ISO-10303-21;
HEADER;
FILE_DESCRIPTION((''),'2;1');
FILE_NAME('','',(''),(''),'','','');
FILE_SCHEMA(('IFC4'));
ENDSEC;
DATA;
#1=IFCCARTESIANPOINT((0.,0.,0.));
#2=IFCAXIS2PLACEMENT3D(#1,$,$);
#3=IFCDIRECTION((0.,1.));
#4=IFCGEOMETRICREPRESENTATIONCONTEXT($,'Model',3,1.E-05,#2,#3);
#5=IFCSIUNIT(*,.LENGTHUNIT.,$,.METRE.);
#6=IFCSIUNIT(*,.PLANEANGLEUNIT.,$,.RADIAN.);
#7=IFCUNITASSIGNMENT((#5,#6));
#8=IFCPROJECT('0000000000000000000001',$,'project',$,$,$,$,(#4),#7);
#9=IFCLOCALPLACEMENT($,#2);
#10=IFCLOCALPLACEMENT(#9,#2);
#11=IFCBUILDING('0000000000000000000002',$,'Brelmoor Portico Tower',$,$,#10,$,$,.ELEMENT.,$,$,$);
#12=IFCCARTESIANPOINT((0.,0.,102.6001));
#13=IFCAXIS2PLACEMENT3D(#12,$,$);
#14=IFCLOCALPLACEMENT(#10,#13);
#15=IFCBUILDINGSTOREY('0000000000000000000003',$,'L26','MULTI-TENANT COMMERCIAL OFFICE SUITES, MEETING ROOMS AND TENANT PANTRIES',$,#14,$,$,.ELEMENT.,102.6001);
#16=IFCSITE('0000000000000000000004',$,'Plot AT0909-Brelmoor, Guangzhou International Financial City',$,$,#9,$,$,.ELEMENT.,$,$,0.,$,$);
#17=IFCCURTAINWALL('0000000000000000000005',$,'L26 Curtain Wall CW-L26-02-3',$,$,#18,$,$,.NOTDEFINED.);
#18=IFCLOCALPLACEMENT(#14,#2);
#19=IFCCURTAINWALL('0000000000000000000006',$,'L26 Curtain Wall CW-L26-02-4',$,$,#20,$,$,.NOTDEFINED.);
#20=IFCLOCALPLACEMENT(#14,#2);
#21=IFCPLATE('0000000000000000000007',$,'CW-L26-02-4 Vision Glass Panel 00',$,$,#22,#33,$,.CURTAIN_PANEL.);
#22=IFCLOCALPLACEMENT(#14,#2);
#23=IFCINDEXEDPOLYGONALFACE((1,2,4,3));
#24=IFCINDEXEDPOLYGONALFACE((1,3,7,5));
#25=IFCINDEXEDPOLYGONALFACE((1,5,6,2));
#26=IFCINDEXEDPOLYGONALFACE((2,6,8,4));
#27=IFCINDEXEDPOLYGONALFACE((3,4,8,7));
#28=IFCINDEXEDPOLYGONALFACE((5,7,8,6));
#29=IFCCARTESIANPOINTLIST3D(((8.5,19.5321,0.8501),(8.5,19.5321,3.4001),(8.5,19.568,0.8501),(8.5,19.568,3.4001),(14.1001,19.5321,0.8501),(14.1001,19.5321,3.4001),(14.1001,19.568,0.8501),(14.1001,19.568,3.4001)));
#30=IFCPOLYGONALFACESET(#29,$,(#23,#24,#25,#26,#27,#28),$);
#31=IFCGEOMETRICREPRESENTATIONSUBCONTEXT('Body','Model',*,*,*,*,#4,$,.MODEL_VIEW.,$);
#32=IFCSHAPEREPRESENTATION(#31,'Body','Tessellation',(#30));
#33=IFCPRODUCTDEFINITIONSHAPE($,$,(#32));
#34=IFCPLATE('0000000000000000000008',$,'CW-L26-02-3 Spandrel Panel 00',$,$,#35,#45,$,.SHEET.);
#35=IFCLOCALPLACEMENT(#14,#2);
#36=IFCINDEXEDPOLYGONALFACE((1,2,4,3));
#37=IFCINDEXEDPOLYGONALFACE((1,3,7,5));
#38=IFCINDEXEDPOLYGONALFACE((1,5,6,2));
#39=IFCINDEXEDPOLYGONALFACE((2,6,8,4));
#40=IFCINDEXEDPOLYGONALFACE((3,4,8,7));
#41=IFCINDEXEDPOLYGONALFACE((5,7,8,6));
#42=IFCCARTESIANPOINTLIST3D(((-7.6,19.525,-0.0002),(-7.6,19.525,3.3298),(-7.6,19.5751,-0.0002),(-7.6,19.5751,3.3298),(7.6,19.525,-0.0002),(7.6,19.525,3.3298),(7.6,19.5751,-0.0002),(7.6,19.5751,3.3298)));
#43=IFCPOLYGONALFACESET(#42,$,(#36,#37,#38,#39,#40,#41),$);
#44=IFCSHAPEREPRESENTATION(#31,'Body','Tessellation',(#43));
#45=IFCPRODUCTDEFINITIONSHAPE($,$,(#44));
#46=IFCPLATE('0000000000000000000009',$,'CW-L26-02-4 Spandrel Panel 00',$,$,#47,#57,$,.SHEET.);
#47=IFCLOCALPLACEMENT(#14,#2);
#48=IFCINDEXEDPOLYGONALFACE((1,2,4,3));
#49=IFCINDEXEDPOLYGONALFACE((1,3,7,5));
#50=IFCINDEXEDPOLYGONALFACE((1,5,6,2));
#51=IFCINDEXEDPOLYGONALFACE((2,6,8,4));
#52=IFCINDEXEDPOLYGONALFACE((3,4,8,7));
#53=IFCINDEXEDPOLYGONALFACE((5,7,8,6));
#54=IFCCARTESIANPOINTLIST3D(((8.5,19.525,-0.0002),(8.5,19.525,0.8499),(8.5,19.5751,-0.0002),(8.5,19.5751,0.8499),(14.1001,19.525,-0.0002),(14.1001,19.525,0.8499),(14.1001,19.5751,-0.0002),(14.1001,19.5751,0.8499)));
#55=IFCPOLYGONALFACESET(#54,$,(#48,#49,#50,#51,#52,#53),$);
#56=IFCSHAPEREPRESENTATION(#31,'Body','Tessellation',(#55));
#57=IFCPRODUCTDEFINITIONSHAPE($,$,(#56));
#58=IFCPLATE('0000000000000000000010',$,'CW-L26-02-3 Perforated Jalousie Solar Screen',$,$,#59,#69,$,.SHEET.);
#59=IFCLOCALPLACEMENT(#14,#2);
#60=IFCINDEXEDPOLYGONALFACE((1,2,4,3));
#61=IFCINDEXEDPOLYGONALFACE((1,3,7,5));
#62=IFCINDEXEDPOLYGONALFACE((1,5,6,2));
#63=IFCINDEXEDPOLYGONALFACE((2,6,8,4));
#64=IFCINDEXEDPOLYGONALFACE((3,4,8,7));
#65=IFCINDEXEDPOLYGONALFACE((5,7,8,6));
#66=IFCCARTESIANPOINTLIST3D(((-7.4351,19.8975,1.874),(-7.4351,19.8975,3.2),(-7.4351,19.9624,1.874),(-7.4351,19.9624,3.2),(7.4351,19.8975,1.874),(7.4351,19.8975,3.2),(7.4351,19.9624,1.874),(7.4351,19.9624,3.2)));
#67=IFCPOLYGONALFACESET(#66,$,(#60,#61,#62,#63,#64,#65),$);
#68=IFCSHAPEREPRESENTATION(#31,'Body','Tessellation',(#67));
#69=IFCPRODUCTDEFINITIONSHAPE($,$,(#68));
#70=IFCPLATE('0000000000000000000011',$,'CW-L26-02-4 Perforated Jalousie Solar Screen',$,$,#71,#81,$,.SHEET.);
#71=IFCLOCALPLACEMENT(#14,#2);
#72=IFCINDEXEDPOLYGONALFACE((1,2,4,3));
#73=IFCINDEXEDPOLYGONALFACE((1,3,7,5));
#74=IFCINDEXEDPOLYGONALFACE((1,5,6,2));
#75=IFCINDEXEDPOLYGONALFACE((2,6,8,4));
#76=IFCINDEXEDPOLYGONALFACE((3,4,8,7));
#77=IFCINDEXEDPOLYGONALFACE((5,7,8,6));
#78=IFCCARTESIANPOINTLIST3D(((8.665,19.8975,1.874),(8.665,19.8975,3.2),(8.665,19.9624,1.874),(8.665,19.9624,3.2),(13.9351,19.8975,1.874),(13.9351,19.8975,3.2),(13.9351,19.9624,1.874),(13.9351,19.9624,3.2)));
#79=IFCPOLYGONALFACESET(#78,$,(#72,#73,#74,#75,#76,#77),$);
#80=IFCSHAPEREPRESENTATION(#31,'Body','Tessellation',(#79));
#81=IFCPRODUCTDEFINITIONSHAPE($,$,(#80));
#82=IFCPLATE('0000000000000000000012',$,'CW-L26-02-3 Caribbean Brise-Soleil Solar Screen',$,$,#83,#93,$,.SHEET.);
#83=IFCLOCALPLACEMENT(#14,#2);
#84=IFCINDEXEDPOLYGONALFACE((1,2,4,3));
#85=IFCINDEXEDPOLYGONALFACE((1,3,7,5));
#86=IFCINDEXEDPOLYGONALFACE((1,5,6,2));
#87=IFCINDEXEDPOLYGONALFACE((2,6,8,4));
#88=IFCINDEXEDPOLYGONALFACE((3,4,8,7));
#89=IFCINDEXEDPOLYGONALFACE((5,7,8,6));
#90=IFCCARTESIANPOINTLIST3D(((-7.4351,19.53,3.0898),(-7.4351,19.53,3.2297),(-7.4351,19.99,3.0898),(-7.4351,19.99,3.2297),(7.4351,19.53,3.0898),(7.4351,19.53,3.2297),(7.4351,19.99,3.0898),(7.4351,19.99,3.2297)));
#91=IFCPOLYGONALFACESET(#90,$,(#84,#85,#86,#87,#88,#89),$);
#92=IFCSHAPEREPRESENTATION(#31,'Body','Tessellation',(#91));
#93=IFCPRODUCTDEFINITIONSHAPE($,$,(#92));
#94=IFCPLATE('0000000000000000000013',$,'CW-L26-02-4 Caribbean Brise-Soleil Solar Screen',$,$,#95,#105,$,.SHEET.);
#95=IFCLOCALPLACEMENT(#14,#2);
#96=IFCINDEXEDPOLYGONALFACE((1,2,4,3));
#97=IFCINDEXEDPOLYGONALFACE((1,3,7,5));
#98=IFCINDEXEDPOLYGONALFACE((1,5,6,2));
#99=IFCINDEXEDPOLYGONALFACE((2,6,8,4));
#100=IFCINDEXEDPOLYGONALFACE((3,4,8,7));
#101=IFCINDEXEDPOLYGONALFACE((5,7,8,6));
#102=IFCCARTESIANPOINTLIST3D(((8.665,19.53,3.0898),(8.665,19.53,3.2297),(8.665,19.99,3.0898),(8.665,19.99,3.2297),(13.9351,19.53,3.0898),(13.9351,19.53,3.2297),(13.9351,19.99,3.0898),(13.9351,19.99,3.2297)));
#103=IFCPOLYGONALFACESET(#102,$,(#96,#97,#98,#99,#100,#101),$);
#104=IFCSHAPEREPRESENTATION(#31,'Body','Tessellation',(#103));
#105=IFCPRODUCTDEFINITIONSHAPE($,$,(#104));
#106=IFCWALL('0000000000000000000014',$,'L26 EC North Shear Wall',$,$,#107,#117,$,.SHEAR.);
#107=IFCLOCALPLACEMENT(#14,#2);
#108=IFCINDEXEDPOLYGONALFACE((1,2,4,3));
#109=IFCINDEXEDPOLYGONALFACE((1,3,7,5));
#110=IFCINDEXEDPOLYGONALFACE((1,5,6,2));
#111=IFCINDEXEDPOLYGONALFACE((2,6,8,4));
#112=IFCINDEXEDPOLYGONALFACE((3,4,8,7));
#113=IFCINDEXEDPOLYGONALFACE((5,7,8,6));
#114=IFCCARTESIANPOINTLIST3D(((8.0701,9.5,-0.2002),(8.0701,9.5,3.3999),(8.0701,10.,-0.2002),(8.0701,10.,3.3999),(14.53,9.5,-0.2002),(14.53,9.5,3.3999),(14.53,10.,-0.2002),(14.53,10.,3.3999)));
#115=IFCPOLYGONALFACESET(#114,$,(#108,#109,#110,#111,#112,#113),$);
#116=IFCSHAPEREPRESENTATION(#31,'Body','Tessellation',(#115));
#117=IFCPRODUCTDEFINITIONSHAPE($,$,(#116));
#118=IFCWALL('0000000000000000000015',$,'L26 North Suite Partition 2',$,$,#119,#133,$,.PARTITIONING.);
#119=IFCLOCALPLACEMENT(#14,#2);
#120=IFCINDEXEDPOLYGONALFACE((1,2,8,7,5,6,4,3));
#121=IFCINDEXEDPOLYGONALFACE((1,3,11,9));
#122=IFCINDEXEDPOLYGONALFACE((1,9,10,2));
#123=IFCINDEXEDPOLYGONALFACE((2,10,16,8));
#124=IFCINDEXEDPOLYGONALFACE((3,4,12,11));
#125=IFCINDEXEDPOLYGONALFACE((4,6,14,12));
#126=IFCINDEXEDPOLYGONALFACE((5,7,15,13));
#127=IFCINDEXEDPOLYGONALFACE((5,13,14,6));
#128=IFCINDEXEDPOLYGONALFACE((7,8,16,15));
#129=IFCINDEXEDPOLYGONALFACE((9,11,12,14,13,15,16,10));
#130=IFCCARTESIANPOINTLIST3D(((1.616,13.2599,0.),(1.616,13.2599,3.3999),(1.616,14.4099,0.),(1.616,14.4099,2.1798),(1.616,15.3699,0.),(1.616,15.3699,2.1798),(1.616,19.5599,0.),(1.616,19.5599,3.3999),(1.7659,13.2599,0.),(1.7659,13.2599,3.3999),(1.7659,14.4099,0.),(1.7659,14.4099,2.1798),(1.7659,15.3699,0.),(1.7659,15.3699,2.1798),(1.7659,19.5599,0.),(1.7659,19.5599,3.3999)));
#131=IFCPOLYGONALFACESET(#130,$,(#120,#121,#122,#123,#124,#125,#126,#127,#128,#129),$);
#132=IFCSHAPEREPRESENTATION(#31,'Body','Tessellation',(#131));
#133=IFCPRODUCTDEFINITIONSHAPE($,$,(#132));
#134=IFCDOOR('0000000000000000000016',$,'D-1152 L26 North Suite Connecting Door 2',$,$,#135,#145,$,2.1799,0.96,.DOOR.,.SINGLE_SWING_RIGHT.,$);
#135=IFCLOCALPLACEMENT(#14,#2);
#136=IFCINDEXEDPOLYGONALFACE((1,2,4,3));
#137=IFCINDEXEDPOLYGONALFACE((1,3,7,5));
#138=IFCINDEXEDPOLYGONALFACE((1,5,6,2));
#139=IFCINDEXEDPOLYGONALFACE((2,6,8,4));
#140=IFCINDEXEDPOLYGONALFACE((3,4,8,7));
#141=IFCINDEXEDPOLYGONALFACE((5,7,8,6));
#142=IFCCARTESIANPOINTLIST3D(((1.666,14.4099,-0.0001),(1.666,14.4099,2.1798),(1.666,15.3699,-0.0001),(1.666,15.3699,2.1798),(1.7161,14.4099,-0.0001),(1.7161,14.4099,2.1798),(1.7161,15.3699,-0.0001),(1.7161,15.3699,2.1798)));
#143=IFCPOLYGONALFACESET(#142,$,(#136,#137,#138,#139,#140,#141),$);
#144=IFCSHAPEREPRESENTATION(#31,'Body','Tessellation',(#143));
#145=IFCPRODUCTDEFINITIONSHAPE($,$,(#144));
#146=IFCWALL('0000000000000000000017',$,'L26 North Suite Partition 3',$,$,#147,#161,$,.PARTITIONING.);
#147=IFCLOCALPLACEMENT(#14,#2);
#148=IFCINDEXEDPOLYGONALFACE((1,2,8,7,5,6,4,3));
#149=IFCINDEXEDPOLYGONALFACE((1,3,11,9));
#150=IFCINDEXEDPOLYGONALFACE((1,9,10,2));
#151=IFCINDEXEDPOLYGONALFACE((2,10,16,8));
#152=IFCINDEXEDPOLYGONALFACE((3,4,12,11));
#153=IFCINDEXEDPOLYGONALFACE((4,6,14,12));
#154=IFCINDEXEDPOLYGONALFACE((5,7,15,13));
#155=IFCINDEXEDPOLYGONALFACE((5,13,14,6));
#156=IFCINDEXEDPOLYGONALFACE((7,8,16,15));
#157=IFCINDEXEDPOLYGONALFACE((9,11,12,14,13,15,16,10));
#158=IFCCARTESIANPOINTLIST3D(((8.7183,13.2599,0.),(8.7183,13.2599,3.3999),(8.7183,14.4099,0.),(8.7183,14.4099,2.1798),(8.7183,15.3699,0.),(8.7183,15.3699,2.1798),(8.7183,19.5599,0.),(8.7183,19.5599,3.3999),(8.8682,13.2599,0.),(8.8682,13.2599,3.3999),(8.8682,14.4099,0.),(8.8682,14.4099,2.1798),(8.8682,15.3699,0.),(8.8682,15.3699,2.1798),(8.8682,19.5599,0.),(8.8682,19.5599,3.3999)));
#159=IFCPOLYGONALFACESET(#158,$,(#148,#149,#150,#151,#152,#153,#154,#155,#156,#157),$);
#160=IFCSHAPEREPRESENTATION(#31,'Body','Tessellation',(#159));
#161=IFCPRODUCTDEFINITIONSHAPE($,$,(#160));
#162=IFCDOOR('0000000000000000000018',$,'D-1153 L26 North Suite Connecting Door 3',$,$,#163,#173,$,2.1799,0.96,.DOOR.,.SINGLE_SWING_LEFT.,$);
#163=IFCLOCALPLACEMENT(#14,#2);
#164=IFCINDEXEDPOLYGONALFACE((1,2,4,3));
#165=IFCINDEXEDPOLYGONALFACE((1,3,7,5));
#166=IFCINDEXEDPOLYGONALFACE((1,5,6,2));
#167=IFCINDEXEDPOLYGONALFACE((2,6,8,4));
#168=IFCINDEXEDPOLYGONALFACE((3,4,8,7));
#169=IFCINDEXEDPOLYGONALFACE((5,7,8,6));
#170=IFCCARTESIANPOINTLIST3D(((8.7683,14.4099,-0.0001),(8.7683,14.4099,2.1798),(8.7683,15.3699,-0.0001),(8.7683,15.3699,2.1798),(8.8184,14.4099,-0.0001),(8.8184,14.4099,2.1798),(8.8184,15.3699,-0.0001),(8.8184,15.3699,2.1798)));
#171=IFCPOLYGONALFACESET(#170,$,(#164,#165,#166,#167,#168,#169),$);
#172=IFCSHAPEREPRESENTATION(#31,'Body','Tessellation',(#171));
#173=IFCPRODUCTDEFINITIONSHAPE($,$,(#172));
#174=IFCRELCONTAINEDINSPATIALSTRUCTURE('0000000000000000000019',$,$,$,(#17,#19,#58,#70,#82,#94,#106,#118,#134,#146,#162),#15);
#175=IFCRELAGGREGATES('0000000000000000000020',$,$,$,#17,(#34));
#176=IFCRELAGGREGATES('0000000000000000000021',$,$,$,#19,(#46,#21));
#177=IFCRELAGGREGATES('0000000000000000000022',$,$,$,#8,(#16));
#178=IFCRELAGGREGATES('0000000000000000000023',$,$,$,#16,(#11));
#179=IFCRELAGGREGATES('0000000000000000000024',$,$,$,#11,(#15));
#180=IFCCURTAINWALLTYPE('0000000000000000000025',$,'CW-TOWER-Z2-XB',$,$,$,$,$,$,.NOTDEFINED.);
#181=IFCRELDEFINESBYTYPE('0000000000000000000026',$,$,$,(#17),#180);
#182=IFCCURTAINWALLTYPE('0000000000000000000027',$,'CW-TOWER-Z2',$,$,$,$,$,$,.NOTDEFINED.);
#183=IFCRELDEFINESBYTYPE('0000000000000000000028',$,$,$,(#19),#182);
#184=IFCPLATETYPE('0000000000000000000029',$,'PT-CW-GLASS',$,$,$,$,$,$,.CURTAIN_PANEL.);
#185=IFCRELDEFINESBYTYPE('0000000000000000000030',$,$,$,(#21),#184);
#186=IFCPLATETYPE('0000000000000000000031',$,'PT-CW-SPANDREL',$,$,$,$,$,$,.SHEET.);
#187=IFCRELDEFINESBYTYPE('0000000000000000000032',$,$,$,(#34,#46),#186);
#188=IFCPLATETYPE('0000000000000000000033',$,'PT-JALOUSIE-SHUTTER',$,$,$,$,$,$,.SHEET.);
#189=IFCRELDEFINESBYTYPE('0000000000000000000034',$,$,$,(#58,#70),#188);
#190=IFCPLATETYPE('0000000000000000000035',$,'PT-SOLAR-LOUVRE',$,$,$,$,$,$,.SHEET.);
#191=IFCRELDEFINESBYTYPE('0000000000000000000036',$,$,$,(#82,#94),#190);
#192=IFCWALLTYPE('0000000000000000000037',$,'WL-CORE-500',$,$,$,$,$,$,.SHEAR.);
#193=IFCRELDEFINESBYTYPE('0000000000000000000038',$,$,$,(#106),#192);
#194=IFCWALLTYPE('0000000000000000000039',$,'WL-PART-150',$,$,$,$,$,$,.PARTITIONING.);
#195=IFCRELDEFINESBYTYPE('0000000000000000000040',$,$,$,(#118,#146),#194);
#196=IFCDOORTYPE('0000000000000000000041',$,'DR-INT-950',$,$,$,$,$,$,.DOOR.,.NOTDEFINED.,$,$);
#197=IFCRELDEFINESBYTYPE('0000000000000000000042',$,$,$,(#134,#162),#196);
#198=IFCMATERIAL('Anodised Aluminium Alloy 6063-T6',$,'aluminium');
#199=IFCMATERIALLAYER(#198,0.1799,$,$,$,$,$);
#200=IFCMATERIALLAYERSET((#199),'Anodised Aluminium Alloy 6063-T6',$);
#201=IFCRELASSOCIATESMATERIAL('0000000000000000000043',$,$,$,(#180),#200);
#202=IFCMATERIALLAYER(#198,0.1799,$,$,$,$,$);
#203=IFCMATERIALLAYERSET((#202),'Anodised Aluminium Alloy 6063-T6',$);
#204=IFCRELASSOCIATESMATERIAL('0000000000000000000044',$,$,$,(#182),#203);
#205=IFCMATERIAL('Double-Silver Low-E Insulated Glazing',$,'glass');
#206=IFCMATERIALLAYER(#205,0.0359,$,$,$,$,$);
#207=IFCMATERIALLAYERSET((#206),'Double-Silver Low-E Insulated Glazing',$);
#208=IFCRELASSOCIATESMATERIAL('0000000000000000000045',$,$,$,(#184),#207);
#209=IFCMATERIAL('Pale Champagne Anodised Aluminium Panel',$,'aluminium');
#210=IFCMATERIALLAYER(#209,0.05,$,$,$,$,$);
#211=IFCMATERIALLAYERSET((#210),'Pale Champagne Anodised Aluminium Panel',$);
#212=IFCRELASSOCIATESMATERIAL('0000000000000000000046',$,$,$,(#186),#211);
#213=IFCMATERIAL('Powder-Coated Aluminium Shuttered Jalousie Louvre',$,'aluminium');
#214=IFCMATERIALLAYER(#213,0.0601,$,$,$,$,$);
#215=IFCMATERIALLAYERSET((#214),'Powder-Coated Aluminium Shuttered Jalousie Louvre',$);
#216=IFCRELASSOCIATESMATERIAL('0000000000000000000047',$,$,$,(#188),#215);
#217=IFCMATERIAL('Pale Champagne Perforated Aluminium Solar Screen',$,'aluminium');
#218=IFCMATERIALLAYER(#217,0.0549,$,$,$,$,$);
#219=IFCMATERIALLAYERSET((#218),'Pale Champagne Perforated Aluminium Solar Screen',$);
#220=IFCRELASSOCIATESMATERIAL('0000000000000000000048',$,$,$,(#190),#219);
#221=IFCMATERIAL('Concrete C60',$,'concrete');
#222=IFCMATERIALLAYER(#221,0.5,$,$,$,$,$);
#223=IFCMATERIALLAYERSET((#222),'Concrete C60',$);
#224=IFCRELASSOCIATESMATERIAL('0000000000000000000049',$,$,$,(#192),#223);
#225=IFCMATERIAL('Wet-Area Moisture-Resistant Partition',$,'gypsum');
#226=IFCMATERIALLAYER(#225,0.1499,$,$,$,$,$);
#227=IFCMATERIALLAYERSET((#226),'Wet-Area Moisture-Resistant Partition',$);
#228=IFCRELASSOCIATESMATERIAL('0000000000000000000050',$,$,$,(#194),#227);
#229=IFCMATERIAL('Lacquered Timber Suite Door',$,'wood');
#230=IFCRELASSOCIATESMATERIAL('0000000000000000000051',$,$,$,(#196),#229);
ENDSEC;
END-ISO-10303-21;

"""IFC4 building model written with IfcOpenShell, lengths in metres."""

from ifc_helpers import new_model, si_unit, direction, frame, frame_2d, origin, origin_2d, place, context, subcontext, project, spatial, rectangle, extrude, material, layer, layer_set, type_object, element, fill, aggregate, save


model = new_model("IFC4")

# Units and contexts
model_context = context("Model", 3, precision=1e-05, world=origin(), true_north=direction((0.0, 1.0)))
body_context = subcontext(model_context, "Body", "Model", "MODEL_VIEW")
ifc_project = project(units=[si_unit("LENGTHUNIT", "METRE"), si_unit("PLANEANGLEUNIT", "RADIAN")], contexts=[model_context])

# Site, building, storey
site_placement = place(None, origin())
site = spatial("IfcSite", under=ifc_project, at=site_placement, Name="Plot AT0909-Brelmoor, Guangzhou International Financial City", CompositionType="ELEMENT", RefElevation=0.0)
building_placement = place(site_placement, origin())
building = spatial("IfcBuilding", under=site, at=building_placement, Name="Brelmoor Portico Tower", CompositionType="ELEMENT")
storey_placement = place(building_placement, frame((0.0, 0.0, 102.6001)))
storey = spatial("IfcBuildingStorey", under=building, at=storey_placement, Name="L26", Description="MULTI-TENANT COMMERCIAL OFFICE SUITES, MEETING ROOMS AND TENANT PANTRIES", CompositionType="ELEMENT", Elevation=102.6001)

# Curtain wall
ifc_material_1 = material(Name="Anodised Aluminium Alloy 6063-T6", Category="aluminium")
ifc_layer_1 = layer(ifc_material_1, 0.1799)
ifc_layer_set_1 = layer_set([ifc_layer_1], Name="Anodised Aluminium Alloy 6063-T6")
curtain_wall_type_1 = type_object("IfcCurtainWallType", Name="CW-TOWER-Z2-XB", PredefinedType="NOTDEFINED", material=ifc_layer_set_1)
curtain_wall_1_placement = place(storey_placement, origin())
curtain_wall_1 = element("IfcCurtainWall", 1, at=curtain_wall_1_placement, inside=storey, type_object=curtain_wall_type_1, Name="L26 Curtain Wall CW-L26-02-3", PredefinedType="NOTDEFINED")

# Curtain wall, plate
ifc_layer_2 = layer(ifc_material_1, 0.1799)
ifc_layer_set_2 = layer_set([ifc_layer_2], Name="Anodised Aluminium Alloy 6063-T6")
curtain_wall_type_2 = type_object("IfcCurtainWallType", Name="CW-TOWER-Z2", PredefinedType="NOTDEFINED", material=ifc_layer_set_2)
curtain_wall_2_placement = place(storey_placement, origin())
curtain_wall_2 = element("IfcCurtainWall", 2, at=curtain_wall_2_placement, inside=storey, type_object=curtain_wall_type_2, Name="L26 Curtain Wall CW-L26-02-4", PredefinedType="NOTDEFINED")
ifc_material_2 = material(Name="Double-Silver Low-E Insulated Glazing", Category="glass")
ifc_layer_3 = layer(ifc_material_2, 0.0359)
ifc_layer_set_3 = layer_set([ifc_layer_3], Name="Double-Silver Low-E Insulated Glazing")
plate_type_1 = type_object("IfcPlateType", Name="PT-CW-GLASS", PredefinedType="CURTAIN_PANEL", material=ifc_layer_set_3)
plate_1_placement = place(storey_placement, frame((11.3, 19.55, 0.8501), z_axis=(0.0, 0.0, 1.0), x_axis=(1.0, 0.0, 0.0)))
plate_1 = element("IfcPlate", 3, at=plate_1_placement, type_object=plate_type_1, Name="CW-L26-02-4 Vision Glass Panel 00", PredefinedType="CURTAIN_PANEL", context=body_context, shape_type="SweptSolid", body=[
    extrude(rectangle(XDim=5.6001, YDim=0.0359, at=origin_2d()), origin(), (0.0, 0.0, 1.0), 2.55),
])

# Plates
ifc_material_3 = material(Name="Pale Champagne Anodised Aluminium Panel", Category="aluminium")
ifc_layer_4 = layer(ifc_material_3, 0.05)
ifc_layer_set_4 = layer_set([ifc_layer_4], Name="Pale Champagne Anodised Aluminium Panel")
plate_type_2 = type_object("IfcPlateType", Name="PT-CW-SPANDREL", PredefinedType="SHEET", material=ifc_layer_set_4)
plate_2_placement = place(storey_placement, frame((0.0, 19.55, -0.0002), z_axis=(0.0, 0.0, 1.0), x_axis=(1.0, 0.0, 0.0)))
plate_2 = element("IfcPlate", 4, at=plate_2_placement, type_object=plate_type_2, Name="CW-L26-02-3 Spandrel Panel 00", PredefinedType="SHEET", context=body_context, shape_type="SweptSolid", body=[
    extrude(rectangle(XDim=15.2, YDim=0.05, at=origin_2d()), origin(), (0.0, 0.0, 1.0), 3.3301),
])
aggregate(curtain_wall_1, [plate_2])
plate_3_placement = place(storey_placement, frame((11.3, 19.55, -0.0002), z_axis=(0.0, 0.0, 1.0), x_axis=(1.0, 0.0, 0.0)))
plate_3 = element("IfcPlate", 5, at=plate_3_placement, type_object=plate_type_2, Name="CW-L26-02-4 Spandrel Panel 00", PredefinedType="SHEET", context=body_context, shape_type="SweptSolid", body=[
    extrude(rectangle(XDim=5.6001, YDim=0.05, at=origin_2d()), origin(), (0.0, 0.0, 1.0), 0.8501),
])
aggregate(curtain_wall_2, [plate_3, plate_1])

# Plates
ifc_material_4 = material(Name="Powder-Coated Aluminium Shuttered Jalousie Louvre", Category="aluminium")
ifc_layer_5 = layer(ifc_material_4, 0.0601)
ifc_layer_set_5 = layer_set([ifc_layer_5], Name="Powder-Coated Aluminium Shuttered Jalousie Louvre")
plate_type_3 = type_object("IfcPlateType", Name="PT-JALOUSIE-SHUTTER", PredefinedType="SHEET", material=ifc_layer_set_5)
plate_4_placement = place(storey_placement, frame((0.0, 19.9299, 1.874), z_axis=(0.0, 0.0, 1.0), x_axis=(1.0, 0.0, 0.0)))
element("IfcPlate", 6, at=plate_4_placement, inside=storey, type_object=plate_type_3, Name="CW-L26-02-3 Perforated Jalousie Solar Screen", PredefinedType="SHEET", context=body_context, shape_type="SweptSolid", body=[
    extrude(rectangle(XDim=14.8701, YDim=0.0649, at=origin_2d()), origin(), (0.0, 0.0, 1.0), 1.3259),
])
plate_5_placement = place(storey_placement, frame((11.3, 19.9299, 1.874), z_axis=(0.0, 0.0, 1.0), x_axis=(1.0, 0.0, 0.0)))
element("IfcPlate", 7, at=plate_5_placement, inside=storey, type_object=plate_type_3, Name="CW-L26-02-4 Perforated Jalousie Solar Screen", PredefinedType="SHEET", context=body_context, shape_type="SweptSolid", body=[
    extrude(rectangle(XDim=5.27, YDim=0.0649, at=origin_2d()), origin(), (0.0, 0.0, 1.0), 1.3259),
])
ifc_material_5 = material(Name="Pale Champagne Perforated Aluminium Solar Screen", Category="aluminium")
ifc_layer_6 = layer(ifc_material_5, 0.0549)
ifc_layer_set_6 = layer_set([ifc_layer_6], Name="Pale Champagne Perforated Aluminium Solar Screen")
plate_type_4 = type_object("IfcPlateType", Name="PT-SOLAR-LOUVRE", PredefinedType="SHEET", material=ifc_layer_set_6)
plate_6_placement = place(storey_placement, frame((0.0, 19.76, 3.0898), z_axis=(0.0, 0.0, 1.0), x_axis=(1.0, 0.0, 0.0)))
element("IfcPlate", 8, at=plate_6_placement, inside=storey, type_object=plate_type_4, Name="CW-L26-02-3 Caribbean Brise-Soleil Solar Screen", PredefinedType="SHEET", context=body_context, shape_type="SweptSolid", body=[
    extrude(rectangle(XDim=14.8701, YDim=0.46, at=origin_2d()), origin(), (0.0, 0.0, 1.0), 0.1399),
])
plate_7_placement = place(storey_placement, frame((11.3, 19.76, 3.0898), z_axis=(0.0, 0.0, 1.0), x_axis=(1.0, 0.0, 0.0)))
element("IfcPlate", 9, at=plate_7_placement, inside=storey, type_object=plate_type_4, Name="CW-L26-02-4 Caribbean Brise-Soleil Solar Screen", PredefinedType="SHEET", context=body_context, shape_type="SweptSolid", body=[
    extrude(rectangle(XDim=5.27, YDim=0.46, at=origin_2d()), origin(), (0.0, 0.0, 1.0), 0.1399),
])

# Wall
ifc_material_6 = material(Name="Concrete C60", Category="concrete")
ifc_layer_7 = layer(ifc_material_6, 0.5)
ifc_layer_set_7 = layer_set([ifc_layer_7], Name="Concrete C60")
wall_type_1 = type_object("IfcWallType", Name="WL-CORE-500", PredefinedType="SHEAR", material=ifc_layer_set_7)
wall_1_placement = place(storey_placement, frame((8.0701, 9.75, -0.2002), z_axis=(0.0, 0.0, 1.0), x_axis=(1.0, 0.0, 0.0)))
element("IfcWall", 10, at=wall_1_placement, inside=storey, type_object=wall_type_1, Name="L26 EC North Shear Wall", PredefinedType="SHEAR", context=body_context, shape_type="SweptSolid", body=[
    extrude(rectangle(XDim=6.46, YDim=0.5, at=frame_2d((3.23, 0.0))), origin(), (0.0, 0.0, 1.0), 3.6001),
])

# Walls, openings, doors
ifc_material_7 = material(Name="Wet-Area Moisture-Resistant Partition", Category="gypsum")
ifc_layer_8 = layer(ifc_material_7, 0.1499)
ifc_layer_set_8 = layer_set([ifc_layer_8], Name="Wet-Area Moisture-Resistant Partition")
wall_type_2 = type_object("IfcWallType", Name="WL-PART-150", PredefinedType="PARTITIONING", material=ifc_layer_set_8)
wall_2_placement = place(storey_placement, frame((1.6909, 13.26, 0.0), z_axis=(0.0, 0.0, 1.0), x_axis=(0.0, 1.0, 0.0)))
wall_2 = element("IfcWall", 11, at=wall_2_placement, inside=storey, type_object=wall_type_2, Name="L26 North Suite Partition 2", PredefinedType="PARTITIONING", context=body_context, shape_type="SweptSolid", body=[
    extrude(rectangle(XDim=6.3, YDim=0.1499, at=frame_2d((3.1499, 0.0))), origin(), (0.0, 0.0, 1.0), 3.3999),
])
opening_1_placement = place(wall_2_placement, frame((1.1499, 0.0, 0.0)))
opening_1 = element("IfcOpeningElement", 12, at=opening_1_placement, cuts=wall_2, PredefinedType="OPENING", context=body_context, shape_type="SweptSolid", body=[
    extrude(rectangle(XDim=0.96, YDim=2.1799, at=frame_2d((0.48, 1.0898))), frame((0.0, 0.085, 0.0), z_axis=(0.0, -1.0, 0.0), x_axis=(1.0, 0.0, 0.0)), (0.0, 0.0, 1.0), 0.1699),
])
ifc_material_8 = material(Name="Lacquered Timber Suite Door", Category="wood")
door_type = type_object("IfcDoorType", Name="DR-INT-950", OperationType="NOTDEFINED", PredefinedType="DOOR", material=ifc_material_8)
door_1_placement = place(opening_1_placement, origin())
door_1 = element("IfcDoor", 13, at=door_1_placement, inside=storey, type_object=door_type, Name="D-1152 L26 North Suite Connecting Door 2", OperationType="SINGLE_SWING_RIGHT", OverallHeight=2.1799, OverallWidth=0.96, PredefinedType="DOOR", context=body_context, shape_type="SweptSolid", body=[
    extrude(rectangle(XDim=0.96, YDim=2.1799, at=frame_2d((0.48, 1.0898))), frame((0.0, 0.0249, 0.0), z_axis=(0.0, -1.0, 0.0), x_axis=(1.0, 0.0, 0.0)), (0.0, 0.0, 1.0), 0.05),
])
fill(opening_1, door_1)
wall_3_placement = place(storey_placement, frame((8.7932, 13.26, 0.0), z_axis=(0.0, 0.0, 1.0), x_axis=(0.0, 1.0, 0.0)))
wall_3 = element("IfcWall", 14, at=wall_3_placement, inside=storey, type_object=wall_type_2, Name="L26 North Suite Partition 3", PredefinedType="PARTITIONING", context=body_context, shape_type="SweptSolid", body=[
    extrude(rectangle(XDim=6.3, YDim=0.1499, at=frame_2d((3.1499, 0.0))), origin(), (0.0, 0.0, 1.0), 3.3999),
])
opening_2_placement = place(wall_3_placement, frame((1.1499, 0.0, 0.0)))
opening_2 = element("IfcOpeningElement", 15, at=opening_2_placement, cuts=wall_3, PredefinedType="OPENING", context=body_context, shape_type="SweptSolid", body=[
    extrude(rectangle(XDim=0.96, YDim=2.1799, at=frame_2d((0.48, 1.0898))), frame((0.0, 0.085, 0.0), z_axis=(0.0, -1.0, 0.0), x_axis=(1.0, 0.0, 0.0)), (0.0, 0.0, 1.0), 0.1699),
])
door_2_placement = place(opening_2_placement, origin())
door_2 = element("IfcDoor", 16, at=door_2_placement, inside=storey, type_object=door_type, Name="D-1153 L26 North Suite Connecting Door 3", OperationType="SINGLE_SWING_LEFT", OverallHeight=2.1799, OverallWidth=0.96, PredefinedType="DOOR", context=body_context, shape_type="SweptSolid", body=[
    extrude(rectangle(XDim=0.96, YDim=2.1799, at=frame_2d((0.48, 1.0898))), frame((0.0, 0.0249, 0.0), z_axis=(0.0, -1.0, 0.0), x_axis=(1.0, 0.0, 0.0)), (0.0, 0.0, 1.0), 0.05),
])
fill(opening_2, door_2)

save(model, "model.ifc")
